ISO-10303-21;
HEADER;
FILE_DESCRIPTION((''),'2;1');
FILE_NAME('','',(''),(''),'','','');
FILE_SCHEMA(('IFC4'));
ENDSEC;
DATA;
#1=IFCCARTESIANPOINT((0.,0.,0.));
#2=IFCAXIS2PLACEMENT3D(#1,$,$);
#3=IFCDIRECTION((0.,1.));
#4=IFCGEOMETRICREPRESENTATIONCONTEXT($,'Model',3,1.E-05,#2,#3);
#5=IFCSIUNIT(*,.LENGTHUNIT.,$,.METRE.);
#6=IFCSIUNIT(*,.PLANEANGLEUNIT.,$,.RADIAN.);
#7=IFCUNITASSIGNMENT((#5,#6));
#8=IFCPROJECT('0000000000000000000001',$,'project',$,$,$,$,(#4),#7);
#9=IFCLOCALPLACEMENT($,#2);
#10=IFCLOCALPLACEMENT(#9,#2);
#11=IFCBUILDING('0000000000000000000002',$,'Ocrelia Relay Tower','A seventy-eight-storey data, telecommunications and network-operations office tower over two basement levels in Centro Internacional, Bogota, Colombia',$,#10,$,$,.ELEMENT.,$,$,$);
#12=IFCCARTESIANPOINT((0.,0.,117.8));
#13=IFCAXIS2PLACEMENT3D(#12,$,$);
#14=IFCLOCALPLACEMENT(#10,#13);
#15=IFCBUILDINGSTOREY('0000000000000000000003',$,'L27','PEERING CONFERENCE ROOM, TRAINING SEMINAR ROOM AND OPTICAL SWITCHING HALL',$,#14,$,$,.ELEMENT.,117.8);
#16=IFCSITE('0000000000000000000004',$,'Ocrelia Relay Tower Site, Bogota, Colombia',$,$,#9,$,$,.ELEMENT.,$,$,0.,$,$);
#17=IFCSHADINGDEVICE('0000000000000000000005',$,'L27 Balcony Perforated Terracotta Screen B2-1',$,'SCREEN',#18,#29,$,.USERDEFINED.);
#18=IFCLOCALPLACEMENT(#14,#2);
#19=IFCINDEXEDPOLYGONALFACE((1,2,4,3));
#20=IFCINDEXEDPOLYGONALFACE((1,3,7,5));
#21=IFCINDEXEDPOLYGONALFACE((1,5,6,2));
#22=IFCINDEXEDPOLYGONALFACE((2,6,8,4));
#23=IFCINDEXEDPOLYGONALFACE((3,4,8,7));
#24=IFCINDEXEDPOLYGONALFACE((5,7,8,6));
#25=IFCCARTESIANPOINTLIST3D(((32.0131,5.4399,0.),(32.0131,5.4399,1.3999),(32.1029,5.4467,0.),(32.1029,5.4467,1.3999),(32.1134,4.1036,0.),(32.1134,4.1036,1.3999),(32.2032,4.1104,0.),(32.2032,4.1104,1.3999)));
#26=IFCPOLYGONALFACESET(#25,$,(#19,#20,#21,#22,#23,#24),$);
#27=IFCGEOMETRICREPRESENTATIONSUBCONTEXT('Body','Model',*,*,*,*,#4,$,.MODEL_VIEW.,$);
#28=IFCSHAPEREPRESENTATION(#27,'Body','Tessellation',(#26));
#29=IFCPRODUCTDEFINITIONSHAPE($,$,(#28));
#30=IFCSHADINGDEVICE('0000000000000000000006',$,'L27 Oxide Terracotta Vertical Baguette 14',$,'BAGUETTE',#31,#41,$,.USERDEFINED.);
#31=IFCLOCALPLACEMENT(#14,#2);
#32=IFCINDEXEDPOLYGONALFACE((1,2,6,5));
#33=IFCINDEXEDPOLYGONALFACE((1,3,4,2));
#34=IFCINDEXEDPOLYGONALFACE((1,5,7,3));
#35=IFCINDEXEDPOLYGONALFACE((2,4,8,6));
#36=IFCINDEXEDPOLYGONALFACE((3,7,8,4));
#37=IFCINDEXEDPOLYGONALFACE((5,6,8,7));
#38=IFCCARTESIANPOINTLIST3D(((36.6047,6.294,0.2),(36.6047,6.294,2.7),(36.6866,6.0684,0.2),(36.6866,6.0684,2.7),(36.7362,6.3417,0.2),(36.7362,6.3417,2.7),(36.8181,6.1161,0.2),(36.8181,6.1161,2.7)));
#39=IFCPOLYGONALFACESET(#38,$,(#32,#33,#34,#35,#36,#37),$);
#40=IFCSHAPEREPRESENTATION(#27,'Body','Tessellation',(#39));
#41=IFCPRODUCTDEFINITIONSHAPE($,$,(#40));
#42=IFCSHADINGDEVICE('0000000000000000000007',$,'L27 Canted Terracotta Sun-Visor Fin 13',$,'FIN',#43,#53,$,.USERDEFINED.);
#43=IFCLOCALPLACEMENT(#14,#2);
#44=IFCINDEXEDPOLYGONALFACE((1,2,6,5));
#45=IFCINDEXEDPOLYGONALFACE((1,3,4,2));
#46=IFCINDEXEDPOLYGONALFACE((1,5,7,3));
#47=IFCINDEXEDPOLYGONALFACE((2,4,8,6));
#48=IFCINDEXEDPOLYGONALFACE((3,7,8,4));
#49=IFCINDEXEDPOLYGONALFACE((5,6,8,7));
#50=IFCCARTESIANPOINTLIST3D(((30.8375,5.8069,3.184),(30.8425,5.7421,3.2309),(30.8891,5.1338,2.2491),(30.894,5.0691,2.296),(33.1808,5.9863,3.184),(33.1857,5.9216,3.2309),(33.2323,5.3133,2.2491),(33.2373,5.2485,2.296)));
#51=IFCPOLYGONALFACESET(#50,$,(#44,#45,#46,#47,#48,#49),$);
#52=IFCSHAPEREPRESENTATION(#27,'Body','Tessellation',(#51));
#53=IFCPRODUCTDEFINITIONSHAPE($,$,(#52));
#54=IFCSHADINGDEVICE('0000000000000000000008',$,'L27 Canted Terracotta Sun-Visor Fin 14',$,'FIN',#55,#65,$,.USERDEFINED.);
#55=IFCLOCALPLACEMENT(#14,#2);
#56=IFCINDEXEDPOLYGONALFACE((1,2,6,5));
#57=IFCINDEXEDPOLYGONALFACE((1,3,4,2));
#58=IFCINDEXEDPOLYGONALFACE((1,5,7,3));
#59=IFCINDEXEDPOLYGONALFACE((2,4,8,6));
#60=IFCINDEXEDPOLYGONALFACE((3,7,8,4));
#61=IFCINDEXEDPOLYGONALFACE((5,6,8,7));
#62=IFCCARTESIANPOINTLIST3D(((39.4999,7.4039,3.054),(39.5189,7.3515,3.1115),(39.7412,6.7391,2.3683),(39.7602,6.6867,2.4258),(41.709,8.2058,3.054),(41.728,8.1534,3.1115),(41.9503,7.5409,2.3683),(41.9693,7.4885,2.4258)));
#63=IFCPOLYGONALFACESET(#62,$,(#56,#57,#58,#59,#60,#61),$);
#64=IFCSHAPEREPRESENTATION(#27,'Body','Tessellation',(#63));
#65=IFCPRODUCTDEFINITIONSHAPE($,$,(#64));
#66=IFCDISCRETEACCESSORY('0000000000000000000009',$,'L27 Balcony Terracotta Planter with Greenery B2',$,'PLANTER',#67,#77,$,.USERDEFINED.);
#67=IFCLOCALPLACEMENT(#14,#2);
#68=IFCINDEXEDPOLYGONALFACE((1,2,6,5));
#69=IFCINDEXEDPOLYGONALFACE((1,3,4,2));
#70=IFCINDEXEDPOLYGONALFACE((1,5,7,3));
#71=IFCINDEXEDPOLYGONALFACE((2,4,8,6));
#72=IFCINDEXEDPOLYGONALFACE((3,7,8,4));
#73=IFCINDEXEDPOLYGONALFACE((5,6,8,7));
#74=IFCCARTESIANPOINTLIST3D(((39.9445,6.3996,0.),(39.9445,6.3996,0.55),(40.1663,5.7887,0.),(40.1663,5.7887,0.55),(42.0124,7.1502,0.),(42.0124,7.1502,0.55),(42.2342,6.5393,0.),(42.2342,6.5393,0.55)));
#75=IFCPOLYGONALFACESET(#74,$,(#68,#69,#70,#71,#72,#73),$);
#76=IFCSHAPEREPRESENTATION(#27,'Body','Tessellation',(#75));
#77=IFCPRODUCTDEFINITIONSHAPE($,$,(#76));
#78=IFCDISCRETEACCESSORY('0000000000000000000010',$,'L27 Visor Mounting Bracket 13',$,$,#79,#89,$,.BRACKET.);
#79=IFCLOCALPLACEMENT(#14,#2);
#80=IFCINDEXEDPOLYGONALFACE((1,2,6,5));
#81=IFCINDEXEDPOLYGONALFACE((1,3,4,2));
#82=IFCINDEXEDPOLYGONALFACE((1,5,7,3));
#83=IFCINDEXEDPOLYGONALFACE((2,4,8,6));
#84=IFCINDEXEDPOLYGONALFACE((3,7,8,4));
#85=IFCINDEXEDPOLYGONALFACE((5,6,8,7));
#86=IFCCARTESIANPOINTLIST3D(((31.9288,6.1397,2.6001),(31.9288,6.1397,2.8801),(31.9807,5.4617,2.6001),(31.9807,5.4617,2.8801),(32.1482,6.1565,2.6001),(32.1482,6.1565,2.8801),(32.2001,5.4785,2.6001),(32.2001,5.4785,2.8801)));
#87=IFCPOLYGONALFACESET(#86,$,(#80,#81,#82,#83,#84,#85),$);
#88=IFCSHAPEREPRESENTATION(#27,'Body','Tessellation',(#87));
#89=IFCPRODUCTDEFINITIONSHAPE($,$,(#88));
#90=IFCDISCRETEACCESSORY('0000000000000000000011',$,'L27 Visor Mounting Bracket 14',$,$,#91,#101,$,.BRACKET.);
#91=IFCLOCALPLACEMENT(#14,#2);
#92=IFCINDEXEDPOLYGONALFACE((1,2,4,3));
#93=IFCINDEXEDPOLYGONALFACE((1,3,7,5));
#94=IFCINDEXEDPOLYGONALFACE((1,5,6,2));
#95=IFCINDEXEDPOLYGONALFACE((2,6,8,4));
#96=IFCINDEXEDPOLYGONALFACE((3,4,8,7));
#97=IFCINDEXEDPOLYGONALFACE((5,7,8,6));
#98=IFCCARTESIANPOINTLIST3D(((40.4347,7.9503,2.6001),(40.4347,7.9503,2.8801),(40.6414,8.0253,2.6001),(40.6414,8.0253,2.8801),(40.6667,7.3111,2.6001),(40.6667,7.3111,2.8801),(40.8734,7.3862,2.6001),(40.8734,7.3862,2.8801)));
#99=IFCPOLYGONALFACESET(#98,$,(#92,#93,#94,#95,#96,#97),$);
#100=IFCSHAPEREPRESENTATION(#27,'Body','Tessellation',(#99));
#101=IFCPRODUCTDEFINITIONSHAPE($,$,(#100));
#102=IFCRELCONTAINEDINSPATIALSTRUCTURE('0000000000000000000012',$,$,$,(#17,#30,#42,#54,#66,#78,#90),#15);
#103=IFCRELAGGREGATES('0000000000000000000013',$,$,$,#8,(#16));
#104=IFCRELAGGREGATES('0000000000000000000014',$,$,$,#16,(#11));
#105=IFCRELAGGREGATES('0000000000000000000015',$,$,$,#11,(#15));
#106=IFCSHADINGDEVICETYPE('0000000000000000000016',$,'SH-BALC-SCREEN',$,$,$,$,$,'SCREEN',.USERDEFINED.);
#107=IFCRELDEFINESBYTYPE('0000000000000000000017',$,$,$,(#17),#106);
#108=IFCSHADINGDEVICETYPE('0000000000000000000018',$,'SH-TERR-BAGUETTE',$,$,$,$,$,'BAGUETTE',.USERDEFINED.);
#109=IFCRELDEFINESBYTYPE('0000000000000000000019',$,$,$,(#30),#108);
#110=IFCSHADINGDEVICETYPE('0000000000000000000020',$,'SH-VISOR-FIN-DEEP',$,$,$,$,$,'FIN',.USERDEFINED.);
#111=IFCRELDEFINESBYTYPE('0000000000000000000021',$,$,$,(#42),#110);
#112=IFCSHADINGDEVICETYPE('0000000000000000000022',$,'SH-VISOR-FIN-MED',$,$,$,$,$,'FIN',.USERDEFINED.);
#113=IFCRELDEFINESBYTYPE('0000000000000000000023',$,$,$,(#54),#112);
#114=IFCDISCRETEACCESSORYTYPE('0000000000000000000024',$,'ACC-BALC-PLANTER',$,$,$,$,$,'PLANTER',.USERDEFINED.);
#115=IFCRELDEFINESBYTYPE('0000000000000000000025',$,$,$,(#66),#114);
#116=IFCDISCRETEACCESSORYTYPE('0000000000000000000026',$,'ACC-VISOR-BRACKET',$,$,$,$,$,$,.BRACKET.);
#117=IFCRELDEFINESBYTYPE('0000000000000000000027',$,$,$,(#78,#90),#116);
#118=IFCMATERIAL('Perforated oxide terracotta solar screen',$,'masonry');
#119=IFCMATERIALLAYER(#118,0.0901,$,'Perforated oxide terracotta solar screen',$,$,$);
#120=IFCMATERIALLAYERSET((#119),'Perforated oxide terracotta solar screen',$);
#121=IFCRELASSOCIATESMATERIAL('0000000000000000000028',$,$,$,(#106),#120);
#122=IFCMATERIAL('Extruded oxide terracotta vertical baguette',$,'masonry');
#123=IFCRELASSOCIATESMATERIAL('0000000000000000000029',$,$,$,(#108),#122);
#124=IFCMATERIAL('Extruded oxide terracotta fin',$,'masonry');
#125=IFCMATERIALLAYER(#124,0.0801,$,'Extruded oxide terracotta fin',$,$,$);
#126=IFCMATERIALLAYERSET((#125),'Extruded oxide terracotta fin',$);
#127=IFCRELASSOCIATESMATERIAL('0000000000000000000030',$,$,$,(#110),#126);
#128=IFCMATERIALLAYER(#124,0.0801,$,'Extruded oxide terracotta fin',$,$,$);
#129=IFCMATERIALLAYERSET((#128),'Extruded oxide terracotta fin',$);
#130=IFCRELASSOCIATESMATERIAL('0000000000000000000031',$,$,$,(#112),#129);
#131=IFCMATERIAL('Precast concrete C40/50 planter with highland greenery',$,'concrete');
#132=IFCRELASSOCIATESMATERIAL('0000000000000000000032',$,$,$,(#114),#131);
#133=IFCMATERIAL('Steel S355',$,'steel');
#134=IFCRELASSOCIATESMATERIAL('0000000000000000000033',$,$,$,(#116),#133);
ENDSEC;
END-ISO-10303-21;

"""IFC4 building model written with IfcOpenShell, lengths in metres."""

from ifc_helpers import new_model, si_unit, direction, frame, origin, origin_2d, place, context, subcontext, project, spatial, rectangle, extrude, material, layer, layer_set, type_object, element, save


model = new_model("IFC4")

# Units and contexts
model_context = context("Model", 3, precision=1e-05, world=origin(), true_north=direction((0.0, 1.0)))
body_context = subcontext(model_context, "Body", "Model", "MODEL_VIEW")
ifc_project = project(units=[si_unit("LENGTHUNIT", "METRE"), si_unit("PLANEANGLEUNIT", "RADIAN")], contexts=[model_context])

# Site, building, storey
site_placement = place(None, origin())
site = spatial("IfcSite", under=ifc_project, at=site_placement, Name="Ocrelia Relay Tower Site, Bogota, Colombia", CompositionType="ELEMENT", RefElevation=0.0)
building_placement = place(site_placement, origin())
building = spatial("IfcBuilding", under=site, at=building_placement, Name="Ocrelia Relay Tower", Description="A seventy-eight-storey data, telecommunications and network-operations office tower over two basement levels in Centro Internacional, Bogota, Colombia", CompositionType="ELEMENT")
storey_placement = place(building_placement, frame((0.0, 0.0, 117.8)))
storey = spatial("IfcBuildingStorey", under=building, at=storey_placement, Name="L27", Description="PEERING CONFERENCE ROOM, TRAINING SEMINAR ROOM AND OPTICAL SWITCHING HALL", CompositionType="ELEMENT", Elevation=117.8)

# Shared definitions
ifc_material_1 = material(Name="Steel S355", Category="steel")

# Shading devices
ifc_material_2 = material(Name="Perforated oxide terracotta solar screen", Category="masonry")
ifc_layer_1 = layer(ifc_material_2, 0.0901, Name="Perforated oxide terracotta solar screen")
ifc_layer_set_1 = layer_set([ifc_layer_1], Name="Perforated oxide terracotta solar screen")
shading_device_type_1 = type_object("IfcShadingDeviceType", Name="SH-BALC-SCREEN", ElementType="SCREEN", PredefinedType="USERDEFINED", material=ifc_layer_set_1)
shading_device_1_placement = place(storey_placement, frame((32.1082, 4.7751, 0.0), z_axis=(0.0, 0.0, 1.0), x_axis=(0.074852, -0.997195, 0.0)))
element("IfcShadingDevice", 1, at=shading_device_1_placement, inside=storey, type_object=shading_device_type_1, Name="L27 Balcony Perforated Terracotta Screen B2-1", ObjectType="SCREEN", PredefinedType="USERDEFINED", context=body_context, shape_type="SweptSolid", body=[
    extrude(rectangle(XDim=1.3401, YDim=0.0901, at=origin_2d()), origin(), (0.0, 0.0, 1.0), 1.3999),
])
ifc_material_3 = material(Name="Extruded oxide terracotta vertical baguette", Category="masonry")
shading_device_type_2 = type_object("IfcShadingDeviceType", Name="SH-TERR-BAGUETTE", ElementType="BAGUETTE", PredefinedType="USERDEFINED", material=ifc_material_3)
shading_device_2_placement = place(storey_placement, frame((36.7114, 6.2051, 0.2), z_axis=(0.0, 0.0, 1.0), x_axis=(0.939991, 0.341198, 0.0)))
element("IfcShadingDevice", 2, at=shading_device_2_placement, inside=storey, type_object=shading_device_type_2, Name="L27 Oxide Terracotta Vertical Baguette 14", ObjectType="BAGUETTE", PredefinedType="USERDEFINED", context=body_context, shape_type="SweptSolid", body=[
    extrude(rectangle(XDim=0.1399, YDim=0.24, at=origin_2d()), origin(), (0.0, 0.0, 1.0), 2.5),
])
ifc_material_4 = material(Name="Extruded oxide terracotta fin", Category="masonry")
ifc_layer_2 = layer(ifc_material_4, 0.0801, Name="Extruded oxide terracotta fin")
ifc_layer_set_2 = layer_set([ifc_layer_2], Name="Extruded oxide terracotta fin")
shading_device_type_3 = type_object("IfcShadingDeviceType", Name="SH-VISOR-FIN-DEEP", ElementType="FIN", PredefinedType="USERDEFINED", material=ifc_layer_set_2)
shading_device_3_placement = place(storey_placement, frame((32.0349, 5.5601, 2.7166), z_axis=(0.061903, -0.808391, 0.585382), x_axis=(0.997081, 0.076353, 0.0)))
element("IfcShadingDevice", 3, at=shading_device_3_placement, inside=storey, type_object=shading_device_type_3, Name="L27 Canted Terracotta Sun-Visor Fin 13", ObjectType="FIN", PredefinedType="USERDEFINED", context=body_context, shape_type="SweptSolid", body=[
    extrude(rectangle(XDim=2.3501, YDim=1.1531, at=origin_2d()), origin(), (0.0, 0.0, 1.0), 0.0801),
])
ifc_layer_3 = layer(ifc_material_4, 0.0801, Name="Extruded oxide terracotta fin")
ifc_layer_set_3 = layer_set([ifc_layer_3], Name="Extruded oxide terracotta fin")
shading_device_type_4 = type_object("IfcShadingDeviceType", Name="SH-VISOR-FIN-MED", ElementType="FIN", PredefinedType="USERDEFINED", material=ifc_layer_set_3)
shading_device_4_placement = place(storey_placement, frame((40.7251, 7.4724, 2.7112), z_axis=(0.237487, -0.65427, 0.718005), x_axis=(0.939991, 0.341198, 0.0)))
element("IfcShadingDevice", 4, at=shading_device_4_placement, inside=storey, type_object=shading_device_type_4, Name="L27 Canted Terracotta Sun-Visor Fin 14", ObjectType="FIN", PredefinedType="USERDEFINED", context=body_context, shape_type="SweptSolid", body=[
    extrude(rectangle(XDim=2.3501, YDim=0.9851, at=origin_2d()), origin(), (0.0, 0.0, 1.0), 0.0801),
])

# Discrete accessories
ifc_material_5 = material(Name="Precast concrete C40/50 planter with highland greenery", Category="concrete")
discrete_accessory_type_1 = type_object("IfcDiscreteAccessoryType", Name="ACC-BALC-PLANTER", ElementType="PLANTER", PredefinedType="USERDEFINED", material=ifc_material_5)
discrete_accessory_placement = place(storey_placement, frame((41.0894, 6.4695, 0.0), z_axis=(0.0, 0.0, 1.0), x_axis=(-0.93999, -0.341201, 0.0)))
element("IfcDiscreteAccessory", 5, at=discrete_accessory_placement, inside=storey, type_object=discrete_accessory_type_1, Name="L27 Balcony Terracotta Planter with Greenery B2", ObjectType="PLANTER", PredefinedType="USERDEFINED", context=body_context, shape_type="SweptSolid", body=[
    extrude(rectangle(XDim=2.2, YDim=0.6499, at=origin_2d()), origin(), (0.0, 0.0, 1.0), 0.55),
])
discrete_accessory_type_2 = type_object("IfcDiscreteAccessoryType", Name="ACC-VISOR-BRACKET", PredefinedType="BRACKET", material=ifc_material_1)
for number, where, z_axis, x_axis, name in (
    (6, (32.0645, 5.8091, 2.6001), (0.0, 0.0, 1.0), (0.997081, 0.076353, 0.0), "L27 Visor Mounting Bracket 13"),
    (7, (40.6541, 7.6682, 2.6001), (0.0, 0.0, 1.0), (0.939991, 0.341198, 0.0), "L27 Visor Mounting Bracket 14"),
):
    element("IfcDiscreteAccessory", number, at=place(storey_placement, frame(where, z_axis=z_axis, x_axis=x_axis)), inside=storey, type_object=discrete_accessory_type_2, Name=name, PredefinedType="BRACKET", context=body_context, shape_type="SweptSolid", body=[
        extrude(rectangle(XDim=0.22, YDim=0.6799, at=origin_2d()), origin(), (0.0, 0.0, 1.0), 0.28),
    ])

save(model, "model.ifc")
